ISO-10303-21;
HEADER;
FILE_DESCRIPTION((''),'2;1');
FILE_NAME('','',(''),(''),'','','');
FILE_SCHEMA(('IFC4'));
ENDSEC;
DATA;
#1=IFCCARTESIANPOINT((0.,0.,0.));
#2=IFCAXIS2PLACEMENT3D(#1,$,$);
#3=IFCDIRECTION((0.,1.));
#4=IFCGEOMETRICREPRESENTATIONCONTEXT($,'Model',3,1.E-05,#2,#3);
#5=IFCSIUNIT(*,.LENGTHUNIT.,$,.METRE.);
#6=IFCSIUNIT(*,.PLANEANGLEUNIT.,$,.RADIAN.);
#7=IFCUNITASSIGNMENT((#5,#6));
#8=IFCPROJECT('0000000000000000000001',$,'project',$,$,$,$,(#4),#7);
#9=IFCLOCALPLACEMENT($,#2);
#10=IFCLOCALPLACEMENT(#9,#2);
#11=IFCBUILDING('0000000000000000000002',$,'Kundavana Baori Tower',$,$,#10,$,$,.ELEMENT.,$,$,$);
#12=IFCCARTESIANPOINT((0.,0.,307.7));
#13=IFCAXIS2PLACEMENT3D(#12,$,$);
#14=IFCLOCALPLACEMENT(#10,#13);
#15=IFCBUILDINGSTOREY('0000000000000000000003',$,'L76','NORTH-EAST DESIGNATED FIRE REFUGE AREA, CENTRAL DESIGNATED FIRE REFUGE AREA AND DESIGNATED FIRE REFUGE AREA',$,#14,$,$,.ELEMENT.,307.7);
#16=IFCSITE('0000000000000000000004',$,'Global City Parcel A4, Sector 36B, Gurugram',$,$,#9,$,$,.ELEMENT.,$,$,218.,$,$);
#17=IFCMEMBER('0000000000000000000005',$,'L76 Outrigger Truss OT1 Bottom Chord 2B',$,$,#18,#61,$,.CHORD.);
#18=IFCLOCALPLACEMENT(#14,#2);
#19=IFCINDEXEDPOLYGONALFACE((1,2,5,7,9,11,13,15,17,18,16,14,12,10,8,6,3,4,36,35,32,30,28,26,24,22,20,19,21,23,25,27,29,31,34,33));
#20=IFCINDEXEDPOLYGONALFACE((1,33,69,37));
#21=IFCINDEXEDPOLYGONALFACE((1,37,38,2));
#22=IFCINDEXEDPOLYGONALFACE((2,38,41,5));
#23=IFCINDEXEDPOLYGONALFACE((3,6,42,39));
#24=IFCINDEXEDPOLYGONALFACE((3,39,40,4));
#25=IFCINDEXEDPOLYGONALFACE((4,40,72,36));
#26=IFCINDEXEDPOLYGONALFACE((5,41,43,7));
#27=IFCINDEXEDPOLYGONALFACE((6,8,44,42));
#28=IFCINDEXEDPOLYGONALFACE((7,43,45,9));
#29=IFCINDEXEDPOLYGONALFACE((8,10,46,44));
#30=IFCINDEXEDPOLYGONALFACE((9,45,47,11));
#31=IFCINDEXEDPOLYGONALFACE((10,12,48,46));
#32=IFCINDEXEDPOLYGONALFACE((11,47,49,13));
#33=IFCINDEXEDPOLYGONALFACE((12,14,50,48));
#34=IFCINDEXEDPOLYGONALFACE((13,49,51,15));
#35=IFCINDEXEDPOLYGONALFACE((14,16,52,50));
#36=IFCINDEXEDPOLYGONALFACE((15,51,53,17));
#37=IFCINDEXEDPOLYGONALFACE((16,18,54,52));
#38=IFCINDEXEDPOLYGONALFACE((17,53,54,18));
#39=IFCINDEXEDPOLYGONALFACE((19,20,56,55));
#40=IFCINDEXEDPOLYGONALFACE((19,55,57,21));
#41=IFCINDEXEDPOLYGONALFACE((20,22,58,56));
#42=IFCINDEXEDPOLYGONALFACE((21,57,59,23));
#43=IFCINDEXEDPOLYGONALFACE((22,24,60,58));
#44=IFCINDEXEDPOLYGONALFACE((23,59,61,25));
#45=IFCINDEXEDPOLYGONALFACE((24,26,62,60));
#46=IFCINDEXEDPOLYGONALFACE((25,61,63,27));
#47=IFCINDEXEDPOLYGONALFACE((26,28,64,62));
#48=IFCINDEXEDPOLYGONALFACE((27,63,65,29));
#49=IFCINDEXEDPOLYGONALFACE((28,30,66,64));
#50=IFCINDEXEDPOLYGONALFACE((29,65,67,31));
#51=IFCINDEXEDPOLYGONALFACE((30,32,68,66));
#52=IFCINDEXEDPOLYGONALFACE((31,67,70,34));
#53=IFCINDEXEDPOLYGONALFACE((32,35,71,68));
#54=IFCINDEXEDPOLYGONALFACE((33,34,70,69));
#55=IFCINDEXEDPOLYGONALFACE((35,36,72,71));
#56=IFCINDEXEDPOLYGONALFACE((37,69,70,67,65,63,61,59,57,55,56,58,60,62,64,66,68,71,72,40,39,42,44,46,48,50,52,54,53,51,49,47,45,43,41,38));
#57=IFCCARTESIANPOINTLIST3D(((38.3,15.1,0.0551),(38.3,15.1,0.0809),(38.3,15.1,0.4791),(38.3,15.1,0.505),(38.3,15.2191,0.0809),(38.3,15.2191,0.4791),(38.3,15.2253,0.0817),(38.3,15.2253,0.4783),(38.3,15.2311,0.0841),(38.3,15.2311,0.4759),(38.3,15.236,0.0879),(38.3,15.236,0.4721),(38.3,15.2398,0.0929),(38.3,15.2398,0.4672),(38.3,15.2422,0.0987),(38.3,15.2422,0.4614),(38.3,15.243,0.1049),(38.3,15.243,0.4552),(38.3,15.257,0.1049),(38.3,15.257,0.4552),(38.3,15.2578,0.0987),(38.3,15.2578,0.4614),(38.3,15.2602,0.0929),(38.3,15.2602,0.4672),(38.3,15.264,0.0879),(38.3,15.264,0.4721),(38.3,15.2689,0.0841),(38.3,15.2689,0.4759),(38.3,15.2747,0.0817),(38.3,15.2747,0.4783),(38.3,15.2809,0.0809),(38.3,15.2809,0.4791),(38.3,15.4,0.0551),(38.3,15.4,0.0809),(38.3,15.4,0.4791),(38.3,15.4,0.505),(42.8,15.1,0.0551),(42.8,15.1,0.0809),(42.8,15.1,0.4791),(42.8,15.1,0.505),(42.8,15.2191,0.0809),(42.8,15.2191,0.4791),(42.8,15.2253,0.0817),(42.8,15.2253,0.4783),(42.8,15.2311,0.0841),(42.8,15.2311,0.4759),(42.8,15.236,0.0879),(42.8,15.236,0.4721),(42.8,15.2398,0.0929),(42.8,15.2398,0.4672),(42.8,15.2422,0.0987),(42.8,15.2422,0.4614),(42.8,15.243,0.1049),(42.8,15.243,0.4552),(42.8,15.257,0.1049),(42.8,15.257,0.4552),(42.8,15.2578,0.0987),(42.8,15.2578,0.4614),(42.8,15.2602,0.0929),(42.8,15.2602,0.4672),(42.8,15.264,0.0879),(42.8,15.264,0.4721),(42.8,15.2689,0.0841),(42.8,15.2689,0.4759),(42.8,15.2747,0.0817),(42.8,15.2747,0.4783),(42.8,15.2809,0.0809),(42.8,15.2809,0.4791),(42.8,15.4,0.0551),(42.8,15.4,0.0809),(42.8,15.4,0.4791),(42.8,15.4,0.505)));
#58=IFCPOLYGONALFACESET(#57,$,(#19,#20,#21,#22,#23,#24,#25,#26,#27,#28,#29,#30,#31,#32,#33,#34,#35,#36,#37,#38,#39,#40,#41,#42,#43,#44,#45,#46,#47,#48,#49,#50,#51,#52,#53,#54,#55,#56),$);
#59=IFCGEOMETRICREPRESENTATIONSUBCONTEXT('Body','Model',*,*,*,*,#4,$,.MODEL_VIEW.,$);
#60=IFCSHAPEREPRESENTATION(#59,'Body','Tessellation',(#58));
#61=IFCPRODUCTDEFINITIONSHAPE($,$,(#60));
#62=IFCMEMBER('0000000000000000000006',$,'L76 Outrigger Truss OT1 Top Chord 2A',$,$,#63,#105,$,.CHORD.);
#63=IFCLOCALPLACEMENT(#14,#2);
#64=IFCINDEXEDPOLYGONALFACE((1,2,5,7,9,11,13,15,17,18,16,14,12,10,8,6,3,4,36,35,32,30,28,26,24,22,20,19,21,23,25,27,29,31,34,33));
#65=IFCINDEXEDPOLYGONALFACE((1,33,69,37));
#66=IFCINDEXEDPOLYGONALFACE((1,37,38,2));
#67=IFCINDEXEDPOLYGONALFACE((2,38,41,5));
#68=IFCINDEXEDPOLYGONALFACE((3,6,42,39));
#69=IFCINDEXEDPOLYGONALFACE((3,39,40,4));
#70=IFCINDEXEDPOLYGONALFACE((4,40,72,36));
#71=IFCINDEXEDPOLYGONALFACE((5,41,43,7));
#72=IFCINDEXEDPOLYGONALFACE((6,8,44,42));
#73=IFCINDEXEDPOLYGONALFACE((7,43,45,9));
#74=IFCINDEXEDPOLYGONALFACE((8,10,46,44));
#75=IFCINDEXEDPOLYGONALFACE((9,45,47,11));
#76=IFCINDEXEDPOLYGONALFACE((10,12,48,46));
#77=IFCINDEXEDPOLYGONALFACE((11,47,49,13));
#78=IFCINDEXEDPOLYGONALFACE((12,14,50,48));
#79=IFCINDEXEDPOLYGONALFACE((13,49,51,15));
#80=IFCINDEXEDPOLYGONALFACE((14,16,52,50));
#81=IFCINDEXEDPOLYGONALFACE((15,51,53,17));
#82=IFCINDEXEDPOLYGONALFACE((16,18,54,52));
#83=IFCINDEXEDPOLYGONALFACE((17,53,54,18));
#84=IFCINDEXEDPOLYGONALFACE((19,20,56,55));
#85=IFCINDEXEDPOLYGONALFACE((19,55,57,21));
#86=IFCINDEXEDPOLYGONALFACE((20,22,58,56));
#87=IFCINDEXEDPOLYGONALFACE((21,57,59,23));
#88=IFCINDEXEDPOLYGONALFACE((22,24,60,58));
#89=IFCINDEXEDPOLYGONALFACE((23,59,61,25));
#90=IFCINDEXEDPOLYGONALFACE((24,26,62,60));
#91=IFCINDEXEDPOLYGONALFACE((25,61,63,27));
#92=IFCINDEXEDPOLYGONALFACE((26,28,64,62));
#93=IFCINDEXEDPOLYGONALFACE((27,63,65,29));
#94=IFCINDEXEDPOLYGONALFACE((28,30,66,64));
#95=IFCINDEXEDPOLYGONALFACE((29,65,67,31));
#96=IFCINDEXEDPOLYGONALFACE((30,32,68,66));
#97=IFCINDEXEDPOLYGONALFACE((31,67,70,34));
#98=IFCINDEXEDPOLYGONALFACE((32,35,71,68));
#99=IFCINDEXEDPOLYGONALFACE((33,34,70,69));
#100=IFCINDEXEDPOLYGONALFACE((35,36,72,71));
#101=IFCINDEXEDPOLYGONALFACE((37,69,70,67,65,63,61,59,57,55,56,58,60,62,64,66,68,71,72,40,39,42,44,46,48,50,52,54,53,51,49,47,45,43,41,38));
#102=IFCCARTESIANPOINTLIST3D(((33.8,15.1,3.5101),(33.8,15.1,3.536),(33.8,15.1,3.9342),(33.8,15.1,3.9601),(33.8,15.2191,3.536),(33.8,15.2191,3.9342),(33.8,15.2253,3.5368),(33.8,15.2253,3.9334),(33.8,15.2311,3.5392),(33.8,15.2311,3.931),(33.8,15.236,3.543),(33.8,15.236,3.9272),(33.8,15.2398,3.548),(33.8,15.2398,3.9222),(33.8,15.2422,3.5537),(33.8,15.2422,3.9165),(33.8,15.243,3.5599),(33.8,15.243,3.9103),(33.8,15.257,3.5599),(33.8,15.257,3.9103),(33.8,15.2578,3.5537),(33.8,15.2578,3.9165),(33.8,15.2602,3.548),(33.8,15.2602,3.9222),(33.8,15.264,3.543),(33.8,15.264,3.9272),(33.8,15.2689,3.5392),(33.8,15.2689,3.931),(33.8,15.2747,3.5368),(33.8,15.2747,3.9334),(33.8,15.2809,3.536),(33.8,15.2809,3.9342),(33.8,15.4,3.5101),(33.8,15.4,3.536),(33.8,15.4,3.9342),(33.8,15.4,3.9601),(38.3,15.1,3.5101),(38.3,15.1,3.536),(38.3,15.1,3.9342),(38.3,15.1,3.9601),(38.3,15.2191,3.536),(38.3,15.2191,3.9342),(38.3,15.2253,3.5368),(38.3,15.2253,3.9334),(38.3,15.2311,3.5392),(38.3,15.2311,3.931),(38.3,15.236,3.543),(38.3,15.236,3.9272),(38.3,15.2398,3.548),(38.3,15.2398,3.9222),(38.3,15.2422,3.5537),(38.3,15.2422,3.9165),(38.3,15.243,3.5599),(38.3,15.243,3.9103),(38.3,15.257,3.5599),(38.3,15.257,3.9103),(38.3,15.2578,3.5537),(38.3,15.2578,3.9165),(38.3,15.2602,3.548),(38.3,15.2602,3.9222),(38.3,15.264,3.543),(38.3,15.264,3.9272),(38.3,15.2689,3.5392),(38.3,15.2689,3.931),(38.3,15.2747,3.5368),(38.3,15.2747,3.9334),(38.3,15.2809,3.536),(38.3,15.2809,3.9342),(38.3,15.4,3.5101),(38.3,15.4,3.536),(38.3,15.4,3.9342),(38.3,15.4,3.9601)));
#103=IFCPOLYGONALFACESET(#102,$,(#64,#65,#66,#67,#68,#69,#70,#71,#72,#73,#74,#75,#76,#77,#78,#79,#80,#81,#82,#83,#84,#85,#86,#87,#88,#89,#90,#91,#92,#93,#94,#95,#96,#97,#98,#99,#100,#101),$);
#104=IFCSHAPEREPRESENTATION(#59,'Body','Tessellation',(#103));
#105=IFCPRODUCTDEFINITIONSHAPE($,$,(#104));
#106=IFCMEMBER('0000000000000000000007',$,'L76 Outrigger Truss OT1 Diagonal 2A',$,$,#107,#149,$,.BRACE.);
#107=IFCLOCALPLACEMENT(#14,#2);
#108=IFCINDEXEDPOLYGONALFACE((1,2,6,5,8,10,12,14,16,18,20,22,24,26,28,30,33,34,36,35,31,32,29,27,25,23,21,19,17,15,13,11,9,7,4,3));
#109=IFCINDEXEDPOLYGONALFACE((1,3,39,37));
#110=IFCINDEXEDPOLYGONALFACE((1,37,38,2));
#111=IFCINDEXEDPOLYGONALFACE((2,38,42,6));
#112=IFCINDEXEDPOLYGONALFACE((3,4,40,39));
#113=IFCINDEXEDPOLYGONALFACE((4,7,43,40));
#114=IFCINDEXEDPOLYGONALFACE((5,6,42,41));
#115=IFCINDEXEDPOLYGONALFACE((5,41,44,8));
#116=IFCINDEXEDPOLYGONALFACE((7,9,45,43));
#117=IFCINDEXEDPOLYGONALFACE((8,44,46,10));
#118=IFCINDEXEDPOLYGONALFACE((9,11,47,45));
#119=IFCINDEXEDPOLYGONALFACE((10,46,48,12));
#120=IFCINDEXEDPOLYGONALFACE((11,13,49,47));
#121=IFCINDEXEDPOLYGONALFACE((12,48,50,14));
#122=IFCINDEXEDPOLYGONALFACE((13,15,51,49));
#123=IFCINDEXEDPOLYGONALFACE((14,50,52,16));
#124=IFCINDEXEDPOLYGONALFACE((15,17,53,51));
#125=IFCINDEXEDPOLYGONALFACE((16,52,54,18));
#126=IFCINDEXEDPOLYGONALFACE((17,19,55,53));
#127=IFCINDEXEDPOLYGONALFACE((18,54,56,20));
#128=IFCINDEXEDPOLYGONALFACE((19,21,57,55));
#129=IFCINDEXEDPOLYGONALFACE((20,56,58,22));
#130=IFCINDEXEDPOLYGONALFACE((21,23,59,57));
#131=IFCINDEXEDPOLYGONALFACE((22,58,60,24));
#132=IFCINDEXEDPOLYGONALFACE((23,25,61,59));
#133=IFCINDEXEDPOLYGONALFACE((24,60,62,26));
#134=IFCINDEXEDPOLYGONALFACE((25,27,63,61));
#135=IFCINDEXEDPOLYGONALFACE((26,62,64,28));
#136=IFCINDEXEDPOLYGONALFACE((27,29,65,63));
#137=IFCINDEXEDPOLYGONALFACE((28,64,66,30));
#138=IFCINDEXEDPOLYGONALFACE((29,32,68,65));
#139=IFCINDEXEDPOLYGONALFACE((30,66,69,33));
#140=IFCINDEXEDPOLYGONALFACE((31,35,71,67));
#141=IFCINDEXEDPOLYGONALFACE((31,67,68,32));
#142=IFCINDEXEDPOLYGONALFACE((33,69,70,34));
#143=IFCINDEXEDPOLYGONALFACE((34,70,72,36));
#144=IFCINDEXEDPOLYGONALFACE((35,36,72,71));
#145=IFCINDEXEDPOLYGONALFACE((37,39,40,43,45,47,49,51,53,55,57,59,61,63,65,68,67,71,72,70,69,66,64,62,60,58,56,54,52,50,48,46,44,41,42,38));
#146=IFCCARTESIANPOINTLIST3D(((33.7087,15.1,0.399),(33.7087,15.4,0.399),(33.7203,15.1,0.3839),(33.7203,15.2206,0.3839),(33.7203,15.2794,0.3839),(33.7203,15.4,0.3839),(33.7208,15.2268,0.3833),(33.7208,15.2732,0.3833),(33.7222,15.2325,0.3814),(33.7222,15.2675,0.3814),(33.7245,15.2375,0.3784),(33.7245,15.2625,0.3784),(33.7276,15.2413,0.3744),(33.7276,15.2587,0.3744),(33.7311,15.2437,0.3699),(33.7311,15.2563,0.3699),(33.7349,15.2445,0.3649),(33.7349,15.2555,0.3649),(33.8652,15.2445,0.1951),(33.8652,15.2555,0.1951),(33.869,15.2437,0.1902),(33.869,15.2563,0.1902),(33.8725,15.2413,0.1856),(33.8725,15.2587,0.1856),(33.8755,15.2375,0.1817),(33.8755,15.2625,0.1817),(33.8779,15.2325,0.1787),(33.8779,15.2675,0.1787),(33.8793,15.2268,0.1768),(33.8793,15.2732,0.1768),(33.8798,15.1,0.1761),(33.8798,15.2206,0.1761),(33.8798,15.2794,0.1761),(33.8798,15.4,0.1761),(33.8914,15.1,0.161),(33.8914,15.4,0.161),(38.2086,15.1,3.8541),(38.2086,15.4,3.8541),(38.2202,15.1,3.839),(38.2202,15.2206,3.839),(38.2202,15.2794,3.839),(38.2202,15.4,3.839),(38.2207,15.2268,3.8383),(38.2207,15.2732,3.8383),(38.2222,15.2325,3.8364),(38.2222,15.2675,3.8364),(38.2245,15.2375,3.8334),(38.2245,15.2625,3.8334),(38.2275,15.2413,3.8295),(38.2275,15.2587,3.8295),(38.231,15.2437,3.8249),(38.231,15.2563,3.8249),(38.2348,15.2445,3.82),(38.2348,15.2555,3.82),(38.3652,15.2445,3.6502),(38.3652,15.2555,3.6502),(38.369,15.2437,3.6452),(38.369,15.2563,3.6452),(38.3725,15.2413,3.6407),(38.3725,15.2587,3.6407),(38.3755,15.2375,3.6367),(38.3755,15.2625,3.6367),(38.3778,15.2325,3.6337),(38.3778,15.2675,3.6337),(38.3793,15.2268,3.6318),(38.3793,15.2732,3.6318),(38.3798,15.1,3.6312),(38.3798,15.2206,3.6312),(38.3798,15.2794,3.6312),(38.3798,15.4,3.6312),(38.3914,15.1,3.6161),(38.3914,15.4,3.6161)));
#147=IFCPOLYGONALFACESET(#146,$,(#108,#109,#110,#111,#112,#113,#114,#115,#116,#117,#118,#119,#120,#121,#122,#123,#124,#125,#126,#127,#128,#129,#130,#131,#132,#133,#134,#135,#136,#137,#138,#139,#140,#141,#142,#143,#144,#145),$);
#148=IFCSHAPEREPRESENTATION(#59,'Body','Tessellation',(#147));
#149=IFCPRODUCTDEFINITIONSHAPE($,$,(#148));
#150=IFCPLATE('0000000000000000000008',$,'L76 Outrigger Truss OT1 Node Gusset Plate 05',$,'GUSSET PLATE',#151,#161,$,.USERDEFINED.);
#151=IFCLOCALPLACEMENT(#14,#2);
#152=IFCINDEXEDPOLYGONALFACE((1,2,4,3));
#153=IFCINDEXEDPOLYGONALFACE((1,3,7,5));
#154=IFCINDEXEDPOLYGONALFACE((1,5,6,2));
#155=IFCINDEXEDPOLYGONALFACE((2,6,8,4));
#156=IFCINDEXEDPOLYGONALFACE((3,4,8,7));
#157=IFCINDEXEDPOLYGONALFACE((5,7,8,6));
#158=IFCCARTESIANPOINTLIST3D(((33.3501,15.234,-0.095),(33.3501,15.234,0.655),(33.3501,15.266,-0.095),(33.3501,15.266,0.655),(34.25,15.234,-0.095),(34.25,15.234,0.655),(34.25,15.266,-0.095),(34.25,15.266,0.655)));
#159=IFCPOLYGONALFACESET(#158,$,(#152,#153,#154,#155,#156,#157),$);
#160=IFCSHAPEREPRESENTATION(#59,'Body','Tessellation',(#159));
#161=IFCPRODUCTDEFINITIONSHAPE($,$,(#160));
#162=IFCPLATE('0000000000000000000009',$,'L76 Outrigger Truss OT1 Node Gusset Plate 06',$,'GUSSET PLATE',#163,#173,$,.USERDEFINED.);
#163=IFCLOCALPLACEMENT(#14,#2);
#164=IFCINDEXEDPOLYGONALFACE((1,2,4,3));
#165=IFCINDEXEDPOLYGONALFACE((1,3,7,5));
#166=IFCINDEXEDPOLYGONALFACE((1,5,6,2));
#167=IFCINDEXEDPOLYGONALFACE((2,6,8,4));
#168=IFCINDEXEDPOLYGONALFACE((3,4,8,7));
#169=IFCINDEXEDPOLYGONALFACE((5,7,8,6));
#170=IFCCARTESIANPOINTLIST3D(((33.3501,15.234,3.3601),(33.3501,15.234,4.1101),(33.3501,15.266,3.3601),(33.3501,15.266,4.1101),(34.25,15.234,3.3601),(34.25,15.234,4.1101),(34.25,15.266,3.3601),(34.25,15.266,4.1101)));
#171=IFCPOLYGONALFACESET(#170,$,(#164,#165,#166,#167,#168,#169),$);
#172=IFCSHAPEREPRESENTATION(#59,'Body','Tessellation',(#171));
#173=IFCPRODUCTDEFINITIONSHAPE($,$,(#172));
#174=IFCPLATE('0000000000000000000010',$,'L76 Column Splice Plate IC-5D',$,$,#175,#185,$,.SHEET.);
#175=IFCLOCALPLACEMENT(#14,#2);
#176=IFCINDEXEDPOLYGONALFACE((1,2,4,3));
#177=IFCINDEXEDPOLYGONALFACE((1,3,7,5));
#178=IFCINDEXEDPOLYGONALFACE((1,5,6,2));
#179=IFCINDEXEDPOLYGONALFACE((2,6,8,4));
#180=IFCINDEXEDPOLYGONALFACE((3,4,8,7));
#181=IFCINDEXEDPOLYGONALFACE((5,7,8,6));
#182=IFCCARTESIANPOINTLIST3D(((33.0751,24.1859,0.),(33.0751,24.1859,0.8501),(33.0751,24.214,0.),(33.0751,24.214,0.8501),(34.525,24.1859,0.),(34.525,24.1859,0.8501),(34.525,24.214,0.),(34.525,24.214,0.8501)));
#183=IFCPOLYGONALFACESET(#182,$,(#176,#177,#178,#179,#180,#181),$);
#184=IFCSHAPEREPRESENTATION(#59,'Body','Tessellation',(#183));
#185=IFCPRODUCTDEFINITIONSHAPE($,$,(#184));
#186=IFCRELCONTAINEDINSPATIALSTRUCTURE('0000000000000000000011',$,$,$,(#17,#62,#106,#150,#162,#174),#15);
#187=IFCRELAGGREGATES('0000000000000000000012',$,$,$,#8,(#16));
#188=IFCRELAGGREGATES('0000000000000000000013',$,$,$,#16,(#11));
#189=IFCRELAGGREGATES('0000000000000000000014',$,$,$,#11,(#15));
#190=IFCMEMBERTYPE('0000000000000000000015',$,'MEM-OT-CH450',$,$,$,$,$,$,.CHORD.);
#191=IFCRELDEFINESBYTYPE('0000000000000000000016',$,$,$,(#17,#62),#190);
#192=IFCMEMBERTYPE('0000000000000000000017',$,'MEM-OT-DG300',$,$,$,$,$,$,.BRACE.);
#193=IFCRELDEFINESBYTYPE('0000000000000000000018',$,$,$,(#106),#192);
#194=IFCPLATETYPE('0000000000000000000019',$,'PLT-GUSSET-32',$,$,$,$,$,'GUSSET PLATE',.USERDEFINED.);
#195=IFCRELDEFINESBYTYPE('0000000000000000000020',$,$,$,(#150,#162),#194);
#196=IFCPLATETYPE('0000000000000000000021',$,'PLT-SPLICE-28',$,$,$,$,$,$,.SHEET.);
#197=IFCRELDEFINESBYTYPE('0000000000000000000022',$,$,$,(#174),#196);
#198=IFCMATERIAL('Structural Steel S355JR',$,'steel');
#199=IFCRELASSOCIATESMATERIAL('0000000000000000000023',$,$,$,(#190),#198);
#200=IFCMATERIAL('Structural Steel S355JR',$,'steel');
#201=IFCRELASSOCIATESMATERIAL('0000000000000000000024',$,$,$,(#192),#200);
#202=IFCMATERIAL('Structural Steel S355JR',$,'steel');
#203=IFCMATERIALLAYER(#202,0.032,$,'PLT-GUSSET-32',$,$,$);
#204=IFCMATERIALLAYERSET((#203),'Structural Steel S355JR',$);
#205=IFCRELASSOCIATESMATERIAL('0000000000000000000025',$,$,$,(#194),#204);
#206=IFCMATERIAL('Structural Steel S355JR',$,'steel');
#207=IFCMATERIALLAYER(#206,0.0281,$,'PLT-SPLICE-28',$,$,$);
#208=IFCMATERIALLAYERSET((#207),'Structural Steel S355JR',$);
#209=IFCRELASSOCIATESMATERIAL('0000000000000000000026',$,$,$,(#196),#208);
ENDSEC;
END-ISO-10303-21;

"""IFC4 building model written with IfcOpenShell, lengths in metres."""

from ifc_helpers import new_model, si_unit, direction, frame, origin, origin_2d, place, context, subcontext, project, spatial, rectangle, i_section, extrude, material, layer, layer_set, material_profile, profile_set, type_object, element, save


model = new_model("IFC4")

# Units and contexts
model_context = context("Model", 3, precision=1e-05, world=origin(), true_north=direction((0.0, 1.0)))
body_context = subcontext(model_context, "Body", "Model", "MODEL_VIEW")
ifc_project = project(units=[si_unit("LENGTHUNIT", "METRE"), si_unit("PLANEANGLEUNIT", "RADIAN")], contexts=[model_context])

# Site, building, storey
site_placement = place(None, origin())
site = spatial("IfcSite", under=ifc_project, at=site_placement, Name="Global City Parcel A4, Sector 36B, Gurugram", CompositionType="ELEMENT", RefElevation=218.0)
building_placement = place(site_placement, origin())
building = spatial("IfcBuilding", under=site, at=building_placement, Name="Kundavana Baori Tower", CompositionType="ELEMENT")
storey_placement = place(building_placement, frame((0.0, 0.0, 307.7)))
storey = spatial("IfcBuildingStorey", under=building, at=storey_placement, Name="L76", Description="NORTH-EAST DESIGNATED FIRE REFUGE AREA, CENTRAL DESIGNATED FIRE REFUGE AREA AND DESIGNATED FIRE REFUGE AREA", CompositionType="ELEMENT", Elevation=307.7)

# Members
ifc_material_1 = material(Name="Structural Steel S355JR", Category="steel")
ifc_material_profile_1 = material_profile(ifc_material_1, i_section(OverallWidth=0.3, OverallDepth=0.45, WebThickness=0.0139, FlangeThickness=0.0259, FilletRadius=0.0239, at=origin_2d()), Name="WPB 450x300x142")
ifc_profile_set_1 = profile_set([ifc_material_profile_1], Name="Structural Steel S355JR")
member_type_1 = type_object("IfcMemberType", Name="MEM-OT-CH450", PredefinedType="CHORD", material=ifc_profile_set_1)
for number, where, z_axis, x_axis, name in (
    (1, (38.3, 15.25, 0.28), (1.0, 0.0, 0.0), (0.0, 1.0, 0.0), "L76 Outrigger Truss OT1 Bottom Chord 2B"),
    (2, (33.8, 15.25, 3.7351), (1.0, 0.0, 0.0), (0.0, 1.0, 0.0), "L76 Outrigger Truss OT1 Top Chord 2A"),
):
    element("IfcMember", number, at=place(storey_placement, frame(where, z_axis=z_axis, x_axis=x_axis)), inside=storey, type_object=member_type_1, Name=name, PredefinedType="CHORD", context=body_context, shape_type="SweptSolid", body=[
        extrude(i_section(OverallWidth=0.3, OverallDepth=0.45, WebThickness=0.0139, FlangeThickness=0.0259, FilletRadius=0.0239, at=origin_2d()), origin(), (0.0, 0.0, 1.0), 4.5),
    ])
ifc_material_2 = material(Name="Structural Steel S355JR", Category="steel")
ifc_material_profile_2 = material_profile(ifc_material_2, i_section(OverallWidth=0.3, OverallDepth=0.3, WebThickness=0.011, FlangeThickness=0.019, FilletRadius=0.0239, at=origin_2d()), Name="WPB 300x300x117")
ifc_profile_set_2 = profile_set([ifc_material_profile_2], Name="Structural Steel S355JR")
member_type_2 = type_object("IfcMemberType", Name="MEM-OT-DG300", PredefinedType="BRACE", material=ifc_profile_set_2)
member_placement = place(storey_placement, frame((33.8, 15.25, 0.28), z_axis=(0.793174, 0.0, 0.608995), x_axis=(0.0, 1.0, 0.0)))
element("IfcMember", 3, at=member_placement, inside=storey, type_object=member_type_2, Name="L76 Outrigger Truss OT1 Diagonal 2A", PredefinedType="BRACE", context=body_context, shape_type="SweptSolid", body=[
    extrude(i_section(OverallWidth=0.3, OverallDepth=0.3, WebThickness=0.011, FlangeThickness=0.019, FilletRadius=0.0239, at=origin_2d()), origin(), (0.0, 0.0, 1.0), 5.6733),
])

# Plates
ifc_material_3 = material(Name="Structural Steel S355JR", Category="steel")
ifc_layer_1 = layer(ifc_material_3, 0.032, Name="PLT-GUSSET-32")
ifc_layer_set_1 = layer_set([ifc_layer_1], Name="Structural Steel S355JR")
plate_type_1 = type_object("IfcPlateType", Name="PLT-GUSSET-32", ElementType="GUSSET PLATE", PredefinedType="USERDEFINED", material=ifc_layer_set_1)
for number, where, z_axis, x_axis, name in (
    (4, (33.8, 15.25, -0.095), (0.0, 0.0, 1.0), (1.0, 0.0, 0.0), "L76 Outrigger Truss OT1 Node Gusset Plate 05"),
    (5, (33.8, 15.25, 3.3601), (0.0, 0.0, 1.0), (1.0, 0.0, 0.0), "L76 Outrigger Truss OT1 Node Gusset Plate 06"),
):
    element("IfcPlate", number, at=place(storey_placement, frame(where, z_axis=z_axis, x_axis=x_axis)), inside=storey, type_object=plate_type_1, Name=name, ObjectType="GUSSET PLATE", PredefinedType="USERDEFINED", context=body_context, shape_type="SweptSolid", body=[
        extrude(rectangle(XDim=0.8999, YDim=0.032, at=origin_2d()), origin(), (0.0, 0.0, 1.0), 0.75),
    ])
ifc_material_4 = material(Name="Structural Steel S355JR", Category="steel")
ifc_layer_2 = layer(ifc_material_4, 0.0281, Name="PLT-SPLICE-28")
ifc_layer_set_2 = layer_set([ifc_layer_2], Name="Structural Steel S355JR")
plate_type_2 = type_object("IfcPlateType", Name="PLT-SPLICE-28", PredefinedType="SHEET", material=ifc_layer_set_2)
plate_placement = place(storey_placement, frame((33.8, 24.2, 0.0), z_axis=(0.0, 0.0, 1.0), x_axis=(1.0, 0.0, 0.0)))
element("IfcPlate", 6, at=plate_placement, inside=storey, type_object=plate_type_2, Name="L76 Column Splice Plate IC-5D", PredefinedType="SHEET", context=body_context, shape_type="SweptSolid", body=[
    extrude(rectangle(XDim=1.45, YDim=0.0281, at=origin_2d()), origin(), (0.0, 0.0, 1.0), 0.8501),
])

save(model, "model.ifc")
